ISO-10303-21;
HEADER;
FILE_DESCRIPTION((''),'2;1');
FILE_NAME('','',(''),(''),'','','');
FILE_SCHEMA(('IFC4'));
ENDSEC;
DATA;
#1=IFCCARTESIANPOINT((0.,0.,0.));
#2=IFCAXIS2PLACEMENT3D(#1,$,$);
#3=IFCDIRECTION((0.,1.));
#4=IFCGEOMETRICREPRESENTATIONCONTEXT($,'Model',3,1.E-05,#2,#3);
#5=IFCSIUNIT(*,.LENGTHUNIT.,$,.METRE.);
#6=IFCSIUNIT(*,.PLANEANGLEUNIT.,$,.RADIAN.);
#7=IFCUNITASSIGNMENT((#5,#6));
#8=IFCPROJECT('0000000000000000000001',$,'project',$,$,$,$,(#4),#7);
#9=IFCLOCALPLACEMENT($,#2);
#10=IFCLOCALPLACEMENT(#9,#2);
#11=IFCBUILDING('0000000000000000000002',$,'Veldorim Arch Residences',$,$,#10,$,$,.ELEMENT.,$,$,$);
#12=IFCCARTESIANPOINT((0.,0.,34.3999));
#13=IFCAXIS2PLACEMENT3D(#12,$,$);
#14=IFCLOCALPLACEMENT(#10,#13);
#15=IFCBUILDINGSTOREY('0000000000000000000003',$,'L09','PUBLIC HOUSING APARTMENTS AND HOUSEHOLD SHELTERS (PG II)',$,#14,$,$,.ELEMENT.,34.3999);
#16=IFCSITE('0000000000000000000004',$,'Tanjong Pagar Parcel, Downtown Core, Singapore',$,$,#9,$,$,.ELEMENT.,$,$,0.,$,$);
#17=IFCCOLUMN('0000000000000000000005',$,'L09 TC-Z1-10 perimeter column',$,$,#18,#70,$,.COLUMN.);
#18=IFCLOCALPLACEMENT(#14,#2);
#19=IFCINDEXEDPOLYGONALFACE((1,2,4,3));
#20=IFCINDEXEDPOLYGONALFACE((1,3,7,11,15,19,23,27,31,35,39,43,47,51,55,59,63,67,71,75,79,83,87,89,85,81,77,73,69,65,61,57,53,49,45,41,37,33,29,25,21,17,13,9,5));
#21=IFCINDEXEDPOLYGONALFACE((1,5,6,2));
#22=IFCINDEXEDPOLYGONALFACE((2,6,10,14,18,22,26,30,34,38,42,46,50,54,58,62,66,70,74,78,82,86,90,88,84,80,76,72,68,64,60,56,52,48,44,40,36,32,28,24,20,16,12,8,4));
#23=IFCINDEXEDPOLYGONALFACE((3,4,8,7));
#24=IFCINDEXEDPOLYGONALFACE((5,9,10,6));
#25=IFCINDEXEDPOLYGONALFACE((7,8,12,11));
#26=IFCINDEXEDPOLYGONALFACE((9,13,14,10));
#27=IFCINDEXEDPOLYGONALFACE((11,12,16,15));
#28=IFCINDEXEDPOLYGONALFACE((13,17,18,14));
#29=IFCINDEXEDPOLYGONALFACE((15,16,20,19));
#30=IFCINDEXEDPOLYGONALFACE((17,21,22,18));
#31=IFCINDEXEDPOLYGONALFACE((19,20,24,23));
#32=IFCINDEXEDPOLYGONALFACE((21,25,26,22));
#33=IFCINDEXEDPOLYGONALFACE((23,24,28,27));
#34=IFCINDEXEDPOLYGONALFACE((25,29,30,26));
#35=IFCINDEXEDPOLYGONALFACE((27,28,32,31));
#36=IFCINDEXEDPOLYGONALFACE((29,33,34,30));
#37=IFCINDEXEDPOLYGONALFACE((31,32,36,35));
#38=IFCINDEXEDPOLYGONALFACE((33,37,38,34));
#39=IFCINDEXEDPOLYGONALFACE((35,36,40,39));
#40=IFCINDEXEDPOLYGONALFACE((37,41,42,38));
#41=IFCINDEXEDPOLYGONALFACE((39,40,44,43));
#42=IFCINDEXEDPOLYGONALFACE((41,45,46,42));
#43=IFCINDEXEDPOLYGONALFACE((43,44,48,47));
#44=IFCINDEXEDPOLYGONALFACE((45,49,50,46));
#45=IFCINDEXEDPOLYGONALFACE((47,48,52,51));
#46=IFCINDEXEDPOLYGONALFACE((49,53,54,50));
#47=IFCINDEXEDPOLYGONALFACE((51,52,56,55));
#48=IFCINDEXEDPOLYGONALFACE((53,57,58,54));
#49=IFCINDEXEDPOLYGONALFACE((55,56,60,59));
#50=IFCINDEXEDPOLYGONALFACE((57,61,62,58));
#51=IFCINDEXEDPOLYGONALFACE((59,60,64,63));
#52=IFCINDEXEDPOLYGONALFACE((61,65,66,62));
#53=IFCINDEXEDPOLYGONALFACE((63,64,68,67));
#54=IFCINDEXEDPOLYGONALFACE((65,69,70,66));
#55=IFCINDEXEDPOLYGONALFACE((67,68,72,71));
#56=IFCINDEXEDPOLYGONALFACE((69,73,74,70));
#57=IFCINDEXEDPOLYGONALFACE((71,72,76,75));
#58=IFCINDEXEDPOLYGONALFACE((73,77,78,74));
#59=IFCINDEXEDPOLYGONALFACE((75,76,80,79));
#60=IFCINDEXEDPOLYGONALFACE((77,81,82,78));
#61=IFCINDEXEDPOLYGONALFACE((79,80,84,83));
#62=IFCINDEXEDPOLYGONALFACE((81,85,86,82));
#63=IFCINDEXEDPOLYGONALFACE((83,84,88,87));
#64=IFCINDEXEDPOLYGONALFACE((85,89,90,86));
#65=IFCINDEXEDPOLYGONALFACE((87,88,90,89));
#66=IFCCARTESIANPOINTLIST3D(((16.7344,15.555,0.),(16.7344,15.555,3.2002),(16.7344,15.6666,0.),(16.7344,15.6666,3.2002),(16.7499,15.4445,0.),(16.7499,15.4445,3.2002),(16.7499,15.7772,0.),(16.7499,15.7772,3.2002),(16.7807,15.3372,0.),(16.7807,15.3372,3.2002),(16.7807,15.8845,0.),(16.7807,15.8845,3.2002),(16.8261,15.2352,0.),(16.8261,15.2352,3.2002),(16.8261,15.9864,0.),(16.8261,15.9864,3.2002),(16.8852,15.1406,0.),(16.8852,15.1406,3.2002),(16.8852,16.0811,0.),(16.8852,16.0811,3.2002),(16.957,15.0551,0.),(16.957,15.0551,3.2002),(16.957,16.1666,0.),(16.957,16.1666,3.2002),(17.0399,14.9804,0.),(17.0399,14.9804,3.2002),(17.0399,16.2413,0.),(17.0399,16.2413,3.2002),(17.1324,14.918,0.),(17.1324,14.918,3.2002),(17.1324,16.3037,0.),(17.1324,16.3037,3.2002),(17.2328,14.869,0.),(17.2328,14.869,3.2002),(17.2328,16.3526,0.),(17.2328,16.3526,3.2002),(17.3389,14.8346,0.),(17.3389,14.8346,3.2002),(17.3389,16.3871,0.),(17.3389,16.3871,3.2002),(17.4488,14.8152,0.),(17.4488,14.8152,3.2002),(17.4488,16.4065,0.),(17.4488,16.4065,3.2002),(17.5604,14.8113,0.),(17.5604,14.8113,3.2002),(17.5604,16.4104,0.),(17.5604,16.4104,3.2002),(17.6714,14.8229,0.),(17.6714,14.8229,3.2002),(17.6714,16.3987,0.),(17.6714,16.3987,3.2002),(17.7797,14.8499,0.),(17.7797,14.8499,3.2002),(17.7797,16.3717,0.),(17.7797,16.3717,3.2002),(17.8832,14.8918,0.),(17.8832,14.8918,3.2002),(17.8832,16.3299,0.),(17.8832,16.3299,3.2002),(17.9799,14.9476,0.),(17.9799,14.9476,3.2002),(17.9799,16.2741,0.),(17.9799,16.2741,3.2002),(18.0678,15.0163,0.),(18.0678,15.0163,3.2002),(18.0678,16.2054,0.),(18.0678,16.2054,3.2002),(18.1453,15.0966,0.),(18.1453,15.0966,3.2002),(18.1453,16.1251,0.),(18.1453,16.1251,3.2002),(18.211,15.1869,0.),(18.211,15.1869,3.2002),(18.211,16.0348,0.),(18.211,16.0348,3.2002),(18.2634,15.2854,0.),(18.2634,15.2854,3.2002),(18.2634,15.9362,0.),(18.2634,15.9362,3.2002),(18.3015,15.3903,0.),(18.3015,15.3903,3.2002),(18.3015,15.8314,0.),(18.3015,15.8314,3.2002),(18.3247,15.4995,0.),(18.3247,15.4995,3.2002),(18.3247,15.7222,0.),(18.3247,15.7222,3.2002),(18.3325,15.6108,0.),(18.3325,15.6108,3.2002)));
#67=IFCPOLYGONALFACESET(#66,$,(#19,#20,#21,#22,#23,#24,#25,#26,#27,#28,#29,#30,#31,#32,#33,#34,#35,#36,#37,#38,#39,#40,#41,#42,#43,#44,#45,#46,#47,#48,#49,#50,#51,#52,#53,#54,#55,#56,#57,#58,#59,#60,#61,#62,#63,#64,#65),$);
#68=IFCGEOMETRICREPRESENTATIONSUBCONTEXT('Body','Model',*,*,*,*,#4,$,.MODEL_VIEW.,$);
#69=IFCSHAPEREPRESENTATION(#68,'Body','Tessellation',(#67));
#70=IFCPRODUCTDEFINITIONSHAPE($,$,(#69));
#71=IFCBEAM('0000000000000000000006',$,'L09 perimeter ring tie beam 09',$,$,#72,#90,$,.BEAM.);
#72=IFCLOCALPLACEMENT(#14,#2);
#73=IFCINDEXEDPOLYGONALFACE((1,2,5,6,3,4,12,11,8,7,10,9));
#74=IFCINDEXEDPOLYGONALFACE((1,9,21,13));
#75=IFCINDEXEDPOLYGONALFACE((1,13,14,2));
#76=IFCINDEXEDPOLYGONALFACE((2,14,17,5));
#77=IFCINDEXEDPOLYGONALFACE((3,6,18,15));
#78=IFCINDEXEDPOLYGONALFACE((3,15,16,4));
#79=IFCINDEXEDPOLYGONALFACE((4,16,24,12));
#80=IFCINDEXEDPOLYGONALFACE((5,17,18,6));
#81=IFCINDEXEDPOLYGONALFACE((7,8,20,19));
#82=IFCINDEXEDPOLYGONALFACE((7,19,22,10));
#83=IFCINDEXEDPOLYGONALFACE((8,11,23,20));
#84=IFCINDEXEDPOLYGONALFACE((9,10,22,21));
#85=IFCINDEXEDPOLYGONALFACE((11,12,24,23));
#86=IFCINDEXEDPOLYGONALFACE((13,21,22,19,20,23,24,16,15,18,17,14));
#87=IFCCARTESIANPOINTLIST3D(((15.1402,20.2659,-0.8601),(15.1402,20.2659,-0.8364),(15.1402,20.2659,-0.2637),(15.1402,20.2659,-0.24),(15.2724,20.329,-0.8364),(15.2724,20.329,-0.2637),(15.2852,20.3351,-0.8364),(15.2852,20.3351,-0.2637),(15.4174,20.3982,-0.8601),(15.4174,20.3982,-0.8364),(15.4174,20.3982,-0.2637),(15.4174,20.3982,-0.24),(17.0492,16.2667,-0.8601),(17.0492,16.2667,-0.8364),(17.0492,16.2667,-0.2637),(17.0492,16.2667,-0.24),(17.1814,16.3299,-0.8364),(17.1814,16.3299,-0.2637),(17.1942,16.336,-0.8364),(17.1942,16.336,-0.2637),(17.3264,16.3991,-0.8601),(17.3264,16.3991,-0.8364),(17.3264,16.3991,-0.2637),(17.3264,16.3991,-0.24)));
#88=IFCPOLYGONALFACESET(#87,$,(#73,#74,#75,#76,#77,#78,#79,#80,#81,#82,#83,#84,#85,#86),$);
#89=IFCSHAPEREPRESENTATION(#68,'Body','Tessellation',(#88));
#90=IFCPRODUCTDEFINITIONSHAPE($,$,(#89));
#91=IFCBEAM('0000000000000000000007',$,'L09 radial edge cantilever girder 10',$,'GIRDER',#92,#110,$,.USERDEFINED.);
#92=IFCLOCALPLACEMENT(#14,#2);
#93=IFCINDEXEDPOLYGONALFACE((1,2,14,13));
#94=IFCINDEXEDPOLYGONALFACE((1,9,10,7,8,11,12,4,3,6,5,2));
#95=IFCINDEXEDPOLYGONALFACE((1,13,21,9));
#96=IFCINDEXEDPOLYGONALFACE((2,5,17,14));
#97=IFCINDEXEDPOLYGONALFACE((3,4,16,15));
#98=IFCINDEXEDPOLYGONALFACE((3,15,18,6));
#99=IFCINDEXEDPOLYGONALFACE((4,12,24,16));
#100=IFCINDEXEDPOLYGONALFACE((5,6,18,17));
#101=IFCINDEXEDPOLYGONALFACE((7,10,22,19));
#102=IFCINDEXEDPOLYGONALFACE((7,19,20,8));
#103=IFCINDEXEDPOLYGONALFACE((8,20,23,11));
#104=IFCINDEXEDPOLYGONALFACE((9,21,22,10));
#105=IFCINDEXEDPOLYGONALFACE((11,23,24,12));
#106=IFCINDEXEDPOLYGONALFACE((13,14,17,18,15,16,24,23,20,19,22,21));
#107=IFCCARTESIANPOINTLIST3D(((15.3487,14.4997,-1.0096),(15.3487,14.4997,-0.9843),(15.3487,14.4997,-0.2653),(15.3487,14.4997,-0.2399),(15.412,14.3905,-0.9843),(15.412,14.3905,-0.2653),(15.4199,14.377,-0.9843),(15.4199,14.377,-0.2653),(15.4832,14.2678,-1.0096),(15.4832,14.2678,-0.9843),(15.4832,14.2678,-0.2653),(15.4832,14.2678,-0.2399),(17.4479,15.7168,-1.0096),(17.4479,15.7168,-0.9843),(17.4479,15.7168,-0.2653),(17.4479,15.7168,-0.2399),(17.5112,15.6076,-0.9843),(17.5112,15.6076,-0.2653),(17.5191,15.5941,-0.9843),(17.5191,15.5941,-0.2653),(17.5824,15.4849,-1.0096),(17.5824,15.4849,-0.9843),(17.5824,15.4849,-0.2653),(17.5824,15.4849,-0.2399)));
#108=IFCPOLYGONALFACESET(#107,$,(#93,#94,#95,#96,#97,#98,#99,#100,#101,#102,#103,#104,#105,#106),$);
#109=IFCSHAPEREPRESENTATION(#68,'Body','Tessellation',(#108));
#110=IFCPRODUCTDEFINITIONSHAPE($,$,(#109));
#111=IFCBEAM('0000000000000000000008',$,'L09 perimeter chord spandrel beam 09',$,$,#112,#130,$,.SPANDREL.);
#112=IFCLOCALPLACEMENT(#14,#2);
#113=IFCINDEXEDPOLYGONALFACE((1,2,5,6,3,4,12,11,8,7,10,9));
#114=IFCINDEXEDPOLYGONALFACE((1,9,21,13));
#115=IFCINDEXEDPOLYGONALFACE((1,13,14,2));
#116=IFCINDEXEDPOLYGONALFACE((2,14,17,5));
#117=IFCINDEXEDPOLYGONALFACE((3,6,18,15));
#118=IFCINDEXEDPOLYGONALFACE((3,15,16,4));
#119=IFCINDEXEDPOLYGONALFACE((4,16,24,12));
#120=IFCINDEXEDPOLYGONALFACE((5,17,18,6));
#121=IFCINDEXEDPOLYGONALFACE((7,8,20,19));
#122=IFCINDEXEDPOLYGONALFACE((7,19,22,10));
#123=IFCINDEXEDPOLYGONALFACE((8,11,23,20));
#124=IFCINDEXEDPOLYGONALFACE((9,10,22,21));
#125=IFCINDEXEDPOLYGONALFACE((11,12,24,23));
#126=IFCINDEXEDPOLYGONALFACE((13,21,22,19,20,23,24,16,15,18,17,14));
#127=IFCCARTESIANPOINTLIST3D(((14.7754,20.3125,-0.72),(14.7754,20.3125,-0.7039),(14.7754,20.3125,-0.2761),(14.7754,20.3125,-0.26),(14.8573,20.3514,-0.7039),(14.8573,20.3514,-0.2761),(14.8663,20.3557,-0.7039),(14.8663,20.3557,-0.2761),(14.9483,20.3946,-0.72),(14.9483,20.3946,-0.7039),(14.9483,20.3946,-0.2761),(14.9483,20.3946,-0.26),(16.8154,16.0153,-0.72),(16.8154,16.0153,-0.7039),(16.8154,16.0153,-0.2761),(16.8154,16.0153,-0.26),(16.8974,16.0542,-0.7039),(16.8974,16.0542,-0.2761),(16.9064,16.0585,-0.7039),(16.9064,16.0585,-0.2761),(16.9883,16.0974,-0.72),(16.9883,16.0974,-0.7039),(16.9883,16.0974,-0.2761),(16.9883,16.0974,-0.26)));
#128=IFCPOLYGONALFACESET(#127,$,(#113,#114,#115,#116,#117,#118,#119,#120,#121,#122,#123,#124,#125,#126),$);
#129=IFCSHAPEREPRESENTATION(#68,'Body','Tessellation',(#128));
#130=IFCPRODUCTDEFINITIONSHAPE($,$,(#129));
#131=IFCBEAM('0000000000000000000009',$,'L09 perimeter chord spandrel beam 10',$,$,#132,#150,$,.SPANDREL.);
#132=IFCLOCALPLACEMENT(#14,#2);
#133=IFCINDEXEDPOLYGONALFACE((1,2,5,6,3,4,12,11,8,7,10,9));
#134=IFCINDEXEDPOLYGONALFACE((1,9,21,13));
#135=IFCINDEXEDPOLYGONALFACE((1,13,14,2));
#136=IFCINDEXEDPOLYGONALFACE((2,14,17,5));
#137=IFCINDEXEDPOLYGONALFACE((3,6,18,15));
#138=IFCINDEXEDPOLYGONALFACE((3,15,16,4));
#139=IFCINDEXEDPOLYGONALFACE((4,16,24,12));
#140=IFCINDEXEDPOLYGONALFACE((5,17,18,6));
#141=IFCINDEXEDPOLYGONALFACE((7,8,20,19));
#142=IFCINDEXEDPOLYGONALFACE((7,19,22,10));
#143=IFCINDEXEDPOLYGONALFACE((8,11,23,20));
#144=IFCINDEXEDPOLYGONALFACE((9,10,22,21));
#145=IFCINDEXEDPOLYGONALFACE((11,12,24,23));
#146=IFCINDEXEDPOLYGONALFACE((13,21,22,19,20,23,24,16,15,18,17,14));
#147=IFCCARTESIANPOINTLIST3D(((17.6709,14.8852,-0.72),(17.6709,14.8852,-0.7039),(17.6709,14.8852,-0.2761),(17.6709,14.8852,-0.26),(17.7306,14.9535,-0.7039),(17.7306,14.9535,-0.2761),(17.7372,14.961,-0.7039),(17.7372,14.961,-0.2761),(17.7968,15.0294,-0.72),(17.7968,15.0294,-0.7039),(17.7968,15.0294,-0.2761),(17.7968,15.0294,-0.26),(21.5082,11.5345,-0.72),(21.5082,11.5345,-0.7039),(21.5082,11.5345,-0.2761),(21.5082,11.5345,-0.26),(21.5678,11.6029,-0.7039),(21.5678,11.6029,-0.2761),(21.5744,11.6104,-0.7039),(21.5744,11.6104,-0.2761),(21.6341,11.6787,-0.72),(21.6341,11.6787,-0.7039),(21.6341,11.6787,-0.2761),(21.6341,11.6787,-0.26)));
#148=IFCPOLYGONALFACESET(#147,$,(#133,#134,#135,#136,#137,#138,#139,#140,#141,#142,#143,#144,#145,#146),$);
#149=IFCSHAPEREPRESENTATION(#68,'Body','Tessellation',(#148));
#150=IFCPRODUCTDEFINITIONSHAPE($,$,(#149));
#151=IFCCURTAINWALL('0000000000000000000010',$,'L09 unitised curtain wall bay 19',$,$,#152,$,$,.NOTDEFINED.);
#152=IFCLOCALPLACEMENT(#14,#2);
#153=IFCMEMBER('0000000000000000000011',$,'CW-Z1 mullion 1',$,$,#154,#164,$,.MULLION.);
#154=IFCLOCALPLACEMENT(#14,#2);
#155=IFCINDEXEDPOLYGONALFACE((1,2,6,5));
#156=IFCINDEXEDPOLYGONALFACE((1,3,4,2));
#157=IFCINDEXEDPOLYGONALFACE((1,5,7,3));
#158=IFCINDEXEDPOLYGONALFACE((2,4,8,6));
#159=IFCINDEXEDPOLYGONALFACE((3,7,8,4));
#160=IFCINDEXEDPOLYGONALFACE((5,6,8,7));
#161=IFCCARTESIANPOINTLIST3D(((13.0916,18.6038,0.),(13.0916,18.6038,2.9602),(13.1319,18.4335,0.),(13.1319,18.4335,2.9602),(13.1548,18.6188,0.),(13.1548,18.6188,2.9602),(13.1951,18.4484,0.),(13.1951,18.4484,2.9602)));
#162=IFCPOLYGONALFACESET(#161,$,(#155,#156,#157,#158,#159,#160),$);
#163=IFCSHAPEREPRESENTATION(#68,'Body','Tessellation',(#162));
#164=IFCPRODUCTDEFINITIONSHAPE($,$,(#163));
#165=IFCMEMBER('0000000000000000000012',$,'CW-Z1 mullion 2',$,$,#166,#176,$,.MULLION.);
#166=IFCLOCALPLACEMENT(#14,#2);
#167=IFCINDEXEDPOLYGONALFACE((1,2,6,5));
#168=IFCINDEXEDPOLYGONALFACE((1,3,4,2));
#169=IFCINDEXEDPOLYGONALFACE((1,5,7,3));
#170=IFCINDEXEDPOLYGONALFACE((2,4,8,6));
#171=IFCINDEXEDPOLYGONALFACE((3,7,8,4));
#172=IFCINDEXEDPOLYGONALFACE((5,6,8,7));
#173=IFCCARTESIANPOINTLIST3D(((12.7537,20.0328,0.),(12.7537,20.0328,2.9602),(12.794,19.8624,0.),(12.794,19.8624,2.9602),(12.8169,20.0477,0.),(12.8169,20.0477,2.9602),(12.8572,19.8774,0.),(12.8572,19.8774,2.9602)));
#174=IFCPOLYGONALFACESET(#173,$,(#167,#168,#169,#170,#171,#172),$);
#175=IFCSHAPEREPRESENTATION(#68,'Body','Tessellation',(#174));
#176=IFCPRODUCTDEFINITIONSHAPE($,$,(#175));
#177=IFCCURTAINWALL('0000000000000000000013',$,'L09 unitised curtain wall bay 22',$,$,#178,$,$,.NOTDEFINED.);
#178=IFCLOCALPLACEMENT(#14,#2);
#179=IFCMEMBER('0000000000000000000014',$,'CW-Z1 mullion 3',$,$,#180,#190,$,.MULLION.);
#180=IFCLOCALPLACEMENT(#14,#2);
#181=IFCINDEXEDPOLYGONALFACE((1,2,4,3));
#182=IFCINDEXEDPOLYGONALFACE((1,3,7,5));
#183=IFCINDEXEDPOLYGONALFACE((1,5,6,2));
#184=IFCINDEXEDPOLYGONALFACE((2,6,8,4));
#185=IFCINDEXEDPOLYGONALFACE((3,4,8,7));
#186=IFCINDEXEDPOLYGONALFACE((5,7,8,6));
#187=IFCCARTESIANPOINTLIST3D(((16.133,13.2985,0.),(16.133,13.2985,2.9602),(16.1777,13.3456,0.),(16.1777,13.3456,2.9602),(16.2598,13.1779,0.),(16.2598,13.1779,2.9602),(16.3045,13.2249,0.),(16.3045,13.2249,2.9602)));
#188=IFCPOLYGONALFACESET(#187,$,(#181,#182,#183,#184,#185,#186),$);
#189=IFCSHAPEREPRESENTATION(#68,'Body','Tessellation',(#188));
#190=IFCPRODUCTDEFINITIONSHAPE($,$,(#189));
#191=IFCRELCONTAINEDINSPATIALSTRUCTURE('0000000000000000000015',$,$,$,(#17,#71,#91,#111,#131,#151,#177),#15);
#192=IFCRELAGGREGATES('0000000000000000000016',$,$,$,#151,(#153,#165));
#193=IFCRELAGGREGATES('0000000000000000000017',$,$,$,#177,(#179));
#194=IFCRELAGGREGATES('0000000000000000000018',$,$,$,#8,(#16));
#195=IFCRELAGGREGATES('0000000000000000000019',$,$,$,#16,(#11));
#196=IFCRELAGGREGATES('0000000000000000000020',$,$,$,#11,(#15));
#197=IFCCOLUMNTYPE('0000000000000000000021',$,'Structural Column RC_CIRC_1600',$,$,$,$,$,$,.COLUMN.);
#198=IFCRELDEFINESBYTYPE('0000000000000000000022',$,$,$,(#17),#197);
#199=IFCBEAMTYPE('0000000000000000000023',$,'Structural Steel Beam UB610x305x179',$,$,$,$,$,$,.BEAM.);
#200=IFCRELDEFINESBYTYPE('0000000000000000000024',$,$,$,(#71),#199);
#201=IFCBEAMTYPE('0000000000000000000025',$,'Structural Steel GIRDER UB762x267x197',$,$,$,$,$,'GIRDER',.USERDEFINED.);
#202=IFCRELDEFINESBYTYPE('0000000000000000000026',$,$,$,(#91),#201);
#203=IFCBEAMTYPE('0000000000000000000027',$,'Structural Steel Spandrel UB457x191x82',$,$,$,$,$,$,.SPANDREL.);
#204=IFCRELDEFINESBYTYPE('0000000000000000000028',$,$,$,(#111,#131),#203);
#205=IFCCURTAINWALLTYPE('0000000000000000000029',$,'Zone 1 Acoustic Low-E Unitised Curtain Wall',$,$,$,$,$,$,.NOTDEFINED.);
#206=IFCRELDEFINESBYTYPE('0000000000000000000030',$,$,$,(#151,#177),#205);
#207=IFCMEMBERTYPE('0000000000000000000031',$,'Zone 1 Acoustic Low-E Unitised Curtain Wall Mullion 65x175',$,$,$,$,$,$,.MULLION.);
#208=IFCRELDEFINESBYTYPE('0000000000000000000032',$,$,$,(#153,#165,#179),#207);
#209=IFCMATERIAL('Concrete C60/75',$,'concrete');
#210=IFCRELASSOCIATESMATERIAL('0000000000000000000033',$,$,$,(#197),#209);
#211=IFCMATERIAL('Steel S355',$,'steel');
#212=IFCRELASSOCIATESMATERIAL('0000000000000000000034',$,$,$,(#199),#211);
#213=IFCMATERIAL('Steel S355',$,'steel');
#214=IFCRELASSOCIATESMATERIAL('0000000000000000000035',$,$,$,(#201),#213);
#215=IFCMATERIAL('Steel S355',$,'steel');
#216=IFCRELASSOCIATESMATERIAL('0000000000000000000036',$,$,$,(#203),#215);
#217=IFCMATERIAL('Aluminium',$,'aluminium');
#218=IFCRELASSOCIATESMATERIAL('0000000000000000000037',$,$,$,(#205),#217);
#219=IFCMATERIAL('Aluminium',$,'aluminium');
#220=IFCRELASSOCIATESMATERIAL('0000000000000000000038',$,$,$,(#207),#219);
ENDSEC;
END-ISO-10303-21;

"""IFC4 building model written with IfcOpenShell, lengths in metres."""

from ifc_helpers import new_model, si_unit, direction, frame, origin, origin_2d, place, context, subcontext, project, spatial, rectangle, circle, i_section, extrude, material, material_profile, profile_set, type_object, element, aggregate, save


model = new_model("IFC4")

# Units and contexts
model_context = context("Model", 3, precision=1e-05, world=origin(), true_north=direction((0.0, 1.0)))
body_context = subcontext(model_context, "Body", "Model", "MODEL_VIEW")
ifc_project = project(units=[si_unit("LENGTHUNIT", "METRE"), si_unit("PLANEANGLEUNIT", "RADIAN")], contexts=[model_context])

# Site, building, storey
site_placement = place(None, origin())
site = spatial("IfcSite", under=ifc_project, at=site_placement, Name="Tanjong Pagar Parcel, Downtown Core, Singapore", CompositionType="ELEMENT", RefElevation=0.0)
building_placement = place(site_placement, origin())
building = spatial("IfcBuilding", under=site, at=building_placement, Name="Veldorim Arch Residences", CompositionType="ELEMENT")
storey_placement = place(building_placement, frame((0.0, 0.0, 34.3999)))
storey = spatial("IfcBuildingStorey", under=building, at=storey_placement, Name="L09", Description="PUBLIC HOUSING APARTMENTS AND HOUSEHOLD SHELTERS (PG II)", CompositionType="ELEMENT", Elevation=34.3999)

# Column
ifc_material_1 = material(Name="Concrete C60/75", Category="concrete")
ifc_material_profile_1 = material_profile(ifc_material_1, circle(Radius=0.8, at=origin_2d()), Name="RC_CIRC_1600")
ifc_profile_set_1 = profile_set([ifc_material_profile_1], Name="Concrete C60/75")
column_type = type_object("IfcColumnType", Name="Structural Column RC_CIRC_1600", PredefinedType="COLUMN", material=ifc_profile_set_1)
column_placement = place(storey_placement, frame((17.5325, 15.6108, 0.0), z_axis=(0.0, 0.0, 1.0), x_axis=(1.0, 0.0, 0.0)))
element("IfcColumn", 1, at=column_placement, inside=storey, type_object=column_type, Name="L09 TC-Z1-10 perimeter column", PredefinedType="COLUMN", context=body_context, shape_type="SweptSolid", body=[
    extrude(circle(Radius=0.8, at=origin_2d()), origin(), (0.0, 0.0, 1.0), 3.2002),
])

# Beams
ifc_material_2 = material(Name="Steel S355", Category="steel")
ifc_material_profile_2 = material_profile(ifc_material_2, i_section(OverallWidth=0.3071, OverallDepth=0.6201, WebThickness=0.0142, FlangeThickness=0.0237, at=origin_2d()), Name="UB610x305x179")
ifc_profile_set_2 = profile_set([ifc_material_profile_2], Name="Steel S355")
beam_type_1 = type_object("IfcBeamType", Name="Structural Steel Beam UB610x305x179", PredefinedType="BEAM", material=ifc_profile_set_2)
beam_1_placement = place(storey_placement, frame((15.2788, 20.332, -0.55), z_axis=(0.430787, -0.902454, 0.0), x_axis=(0.902454, 0.430787, 0.0)))
element("IfcBeam", 2, at=beam_1_placement, inside=storey, type_object=beam_type_1, Name="L09 perimeter ring tie beam 09", PredefinedType="BEAM", context=body_context, shape_type="SweptSolid", body=[
    extrude(i_section(OverallWidth=0.3071, OverallDepth=0.6201, WebThickness=0.0142, FlangeThickness=0.0237, at=origin_2d()), origin(), (0.0, 0.0, 1.0), 4.4314),
])
ifc_material_3 = material(Name="Steel S355", Category="steel")
ifc_material_profile_3 = material_profile(ifc_material_3, i_section(OverallWidth=0.2681, OverallDepth=0.7698, WebThickness=0.0156, FlangeThickness=0.0254, at=origin_2d()), Name="UB762x267x197")
ifc_profile_set_3 = profile_set([ifc_material_profile_3], Name="Steel S355")
beam_type_2 = type_object("IfcBeamType", Name="Structural Steel GIRDER UB762x267x197", ElementType="GIRDER", PredefinedType="USERDEFINED", material=ifc_profile_set_3)
beam_2_placement = place(storey_placement, frame((17.5151, 15.6008, -0.6248), z_axis=(-0.865112, -0.50158, 0.0), x_axis=(0.50158, -0.865112, 0.0)))
element("IfcBeam", 3, at=beam_2_placement, inside=storey, type_object=beam_type_2, Name="L09 radial edge cantilever girder 10", ObjectType="GIRDER", PredefinedType="USERDEFINED", context=body_context, shape_type="SweptSolid", body=[
    extrude(i_section(OverallWidth=0.2681, OverallDepth=0.7698, WebThickness=0.0156, FlangeThickness=0.0254, at=origin_2d()), origin(), (0.0, 0.0, 1.0), 2.4265),
])
ifc_material_4 = material(Name="Steel S355", Category="steel")
ifc_material_profile_4 = material_profile(ifc_material_4, i_section(OverallWidth=0.1914, OverallDepth=0.46, WebThickness=0.01, FlangeThickness=0.0161, at=origin_2d()), Name="UB457x191x82")
ifc_profile_set_4 = profile_set([ifc_material_profile_4], Name="Steel S355")
beam_type_3 = type_object("IfcBeamType", Name="Structural Steel Spandrel UB457x191x82", PredefinedType="SPANDREL", material=ifc_profile_set_4)
beam_3_placement = place(storey_placement, frame((14.8618, 20.3535, -0.49), z_axis=(0.428869, -0.903366, 0.0), x_axis=(0.903366, 0.428869, 0.0)))
element("IfcBeam", 4, at=beam_3_placement, inside=storey, type_object=beam_type_3, Name="L09 perimeter chord spandrel beam 09", PredefinedType="SPANDREL", context=body_context, shape_type="SweptSolid", body=[
    extrude(i_section(OverallWidth=0.1914, OverallDepth=0.46, WebThickness=0.01, FlangeThickness=0.0161, at=origin_2d()), origin(), (0.0, 0.0, 1.0), 4.7568),
])
beam_4_placement = place(storey_placement, frame((17.7339, 14.9573, -0.49), z_axis=(0.75325, -0.657734, 0.0), x_axis=(0.657734, 0.75325, 0.0)))
element("IfcBeam", 5, at=beam_4_placement, inside=storey, type_object=beam_type_3, Name="L09 perimeter chord spandrel beam 10", PredefinedType="SPANDREL", context=body_context, shape_type="SweptSolid", body=[
    extrude(i_section(OverallWidth=0.1914, OverallDepth=0.46, WebThickness=0.01, FlangeThickness=0.0161, at=origin_2d()), origin(), (0.0, 0.0, 1.0), 5.0942),
])

# Curtain wall, members
ifc_material_5 = material(Name="Aluminium", Category="aluminium")
curtain_wall_type = type_object("IfcCurtainWallType", Name="Zone 1 Acoustic Low-E Unitised Curtain Wall", PredefinedType="NOTDEFINED", material=ifc_material_5)
curtain_wall_1_placement = place(storey_placement, origin())
curtain_wall_1 = element("IfcCurtainWall", 6, at=curtain_wall_1_placement, inside=storey, type_object=curtain_wall_type, Name="L09 unitised curtain wall bay 19", PredefinedType="NOTDEFINED")
ifc_material_6 = material(Name="Aluminium", Category="aluminium")
ifc_material_profile_5 = material_profile(ifc_material_6, rectangle(XDim=0.0649, YDim=0.175, at=origin_2d()), Name="ALU_MUL_65x175")
ifc_profile_set_5 = profile_set([ifc_material_profile_5], Name="Aluminium")
member_type_1 = type_object("IfcMemberType", Name="Zone 1 Acoustic Low-E Unitised Curtain Wall Mullion 65x175", PredefinedType="MULLION", material=ifc_profile_set_5)
member_1_placement = place(storey_placement, frame((13.1433, 18.5261, 0.0), z_axis=(0.0, 0.0, 1.0), x_axis=(-0.97313, -0.230257, 0.0)))
member_1 = element("IfcMember", 7, at=member_1_placement, type_object=member_type_1, Name="CW-Z1 mullion 1", PredefinedType="MULLION", context=body_context, shape_type="SweptSolid", body=[
    extrude(rectangle(XDim=0.0649, YDim=0.175, at=origin_2d()), origin(), (0.0, 0.0, 1.0), 2.9602),
])
member_2_placement = place(storey_placement, frame((12.8054, 19.9551, 0.0), z_axis=(0.0, 0.0, 1.0), x_axis=(-0.97313, -0.230257, 0.0)))
member_2 = element("IfcMember", 8, at=member_2_placement, type_object=member_type_1, Name="CW-Z1 mullion 2", PredefinedType="MULLION", context=body_context, shape_type="SweptSolid", body=[
    extrude(rectangle(XDim=0.0649, YDim=0.175, at=origin_2d()), origin(), (0.0, 0.0, 1.0), 2.9602),
])

# Curtain wall, member
curtain_wall_2_placement = place(storey_placement, origin())
curtain_wall_2 = element("IfcCurtainWall", 9, at=curtain_wall_2_placement, inside=storey, type_object=curtain_wall_type, Name="L09 unitised curtain wall bay 22", PredefinedType="NOTDEFINED")
member_3_placement = place(storey_placement, frame((16.2188, 13.2617, 0.0), z_axis=(0.0, 0.0, 1.0), x_axis=(-0.689245, -0.724528, 0.0)))
member_3 = element("IfcMember", 10, at=member_3_placement, type_object=member_type_1, Name="CW-Z1 mullion 3", PredefinedType="MULLION", context=body_context, shape_type="SweptSolid", body=[
    extrude(rectangle(XDim=0.0649, YDim=0.175, at=origin_2d()), origin(), (0.0, 0.0, 1.0), 2.9602),
])

aggregate(curtain_wall_1, [member_1, member_2])
aggregate(curtain_wall_2, [member_3])

save(model, "model.ifc")
